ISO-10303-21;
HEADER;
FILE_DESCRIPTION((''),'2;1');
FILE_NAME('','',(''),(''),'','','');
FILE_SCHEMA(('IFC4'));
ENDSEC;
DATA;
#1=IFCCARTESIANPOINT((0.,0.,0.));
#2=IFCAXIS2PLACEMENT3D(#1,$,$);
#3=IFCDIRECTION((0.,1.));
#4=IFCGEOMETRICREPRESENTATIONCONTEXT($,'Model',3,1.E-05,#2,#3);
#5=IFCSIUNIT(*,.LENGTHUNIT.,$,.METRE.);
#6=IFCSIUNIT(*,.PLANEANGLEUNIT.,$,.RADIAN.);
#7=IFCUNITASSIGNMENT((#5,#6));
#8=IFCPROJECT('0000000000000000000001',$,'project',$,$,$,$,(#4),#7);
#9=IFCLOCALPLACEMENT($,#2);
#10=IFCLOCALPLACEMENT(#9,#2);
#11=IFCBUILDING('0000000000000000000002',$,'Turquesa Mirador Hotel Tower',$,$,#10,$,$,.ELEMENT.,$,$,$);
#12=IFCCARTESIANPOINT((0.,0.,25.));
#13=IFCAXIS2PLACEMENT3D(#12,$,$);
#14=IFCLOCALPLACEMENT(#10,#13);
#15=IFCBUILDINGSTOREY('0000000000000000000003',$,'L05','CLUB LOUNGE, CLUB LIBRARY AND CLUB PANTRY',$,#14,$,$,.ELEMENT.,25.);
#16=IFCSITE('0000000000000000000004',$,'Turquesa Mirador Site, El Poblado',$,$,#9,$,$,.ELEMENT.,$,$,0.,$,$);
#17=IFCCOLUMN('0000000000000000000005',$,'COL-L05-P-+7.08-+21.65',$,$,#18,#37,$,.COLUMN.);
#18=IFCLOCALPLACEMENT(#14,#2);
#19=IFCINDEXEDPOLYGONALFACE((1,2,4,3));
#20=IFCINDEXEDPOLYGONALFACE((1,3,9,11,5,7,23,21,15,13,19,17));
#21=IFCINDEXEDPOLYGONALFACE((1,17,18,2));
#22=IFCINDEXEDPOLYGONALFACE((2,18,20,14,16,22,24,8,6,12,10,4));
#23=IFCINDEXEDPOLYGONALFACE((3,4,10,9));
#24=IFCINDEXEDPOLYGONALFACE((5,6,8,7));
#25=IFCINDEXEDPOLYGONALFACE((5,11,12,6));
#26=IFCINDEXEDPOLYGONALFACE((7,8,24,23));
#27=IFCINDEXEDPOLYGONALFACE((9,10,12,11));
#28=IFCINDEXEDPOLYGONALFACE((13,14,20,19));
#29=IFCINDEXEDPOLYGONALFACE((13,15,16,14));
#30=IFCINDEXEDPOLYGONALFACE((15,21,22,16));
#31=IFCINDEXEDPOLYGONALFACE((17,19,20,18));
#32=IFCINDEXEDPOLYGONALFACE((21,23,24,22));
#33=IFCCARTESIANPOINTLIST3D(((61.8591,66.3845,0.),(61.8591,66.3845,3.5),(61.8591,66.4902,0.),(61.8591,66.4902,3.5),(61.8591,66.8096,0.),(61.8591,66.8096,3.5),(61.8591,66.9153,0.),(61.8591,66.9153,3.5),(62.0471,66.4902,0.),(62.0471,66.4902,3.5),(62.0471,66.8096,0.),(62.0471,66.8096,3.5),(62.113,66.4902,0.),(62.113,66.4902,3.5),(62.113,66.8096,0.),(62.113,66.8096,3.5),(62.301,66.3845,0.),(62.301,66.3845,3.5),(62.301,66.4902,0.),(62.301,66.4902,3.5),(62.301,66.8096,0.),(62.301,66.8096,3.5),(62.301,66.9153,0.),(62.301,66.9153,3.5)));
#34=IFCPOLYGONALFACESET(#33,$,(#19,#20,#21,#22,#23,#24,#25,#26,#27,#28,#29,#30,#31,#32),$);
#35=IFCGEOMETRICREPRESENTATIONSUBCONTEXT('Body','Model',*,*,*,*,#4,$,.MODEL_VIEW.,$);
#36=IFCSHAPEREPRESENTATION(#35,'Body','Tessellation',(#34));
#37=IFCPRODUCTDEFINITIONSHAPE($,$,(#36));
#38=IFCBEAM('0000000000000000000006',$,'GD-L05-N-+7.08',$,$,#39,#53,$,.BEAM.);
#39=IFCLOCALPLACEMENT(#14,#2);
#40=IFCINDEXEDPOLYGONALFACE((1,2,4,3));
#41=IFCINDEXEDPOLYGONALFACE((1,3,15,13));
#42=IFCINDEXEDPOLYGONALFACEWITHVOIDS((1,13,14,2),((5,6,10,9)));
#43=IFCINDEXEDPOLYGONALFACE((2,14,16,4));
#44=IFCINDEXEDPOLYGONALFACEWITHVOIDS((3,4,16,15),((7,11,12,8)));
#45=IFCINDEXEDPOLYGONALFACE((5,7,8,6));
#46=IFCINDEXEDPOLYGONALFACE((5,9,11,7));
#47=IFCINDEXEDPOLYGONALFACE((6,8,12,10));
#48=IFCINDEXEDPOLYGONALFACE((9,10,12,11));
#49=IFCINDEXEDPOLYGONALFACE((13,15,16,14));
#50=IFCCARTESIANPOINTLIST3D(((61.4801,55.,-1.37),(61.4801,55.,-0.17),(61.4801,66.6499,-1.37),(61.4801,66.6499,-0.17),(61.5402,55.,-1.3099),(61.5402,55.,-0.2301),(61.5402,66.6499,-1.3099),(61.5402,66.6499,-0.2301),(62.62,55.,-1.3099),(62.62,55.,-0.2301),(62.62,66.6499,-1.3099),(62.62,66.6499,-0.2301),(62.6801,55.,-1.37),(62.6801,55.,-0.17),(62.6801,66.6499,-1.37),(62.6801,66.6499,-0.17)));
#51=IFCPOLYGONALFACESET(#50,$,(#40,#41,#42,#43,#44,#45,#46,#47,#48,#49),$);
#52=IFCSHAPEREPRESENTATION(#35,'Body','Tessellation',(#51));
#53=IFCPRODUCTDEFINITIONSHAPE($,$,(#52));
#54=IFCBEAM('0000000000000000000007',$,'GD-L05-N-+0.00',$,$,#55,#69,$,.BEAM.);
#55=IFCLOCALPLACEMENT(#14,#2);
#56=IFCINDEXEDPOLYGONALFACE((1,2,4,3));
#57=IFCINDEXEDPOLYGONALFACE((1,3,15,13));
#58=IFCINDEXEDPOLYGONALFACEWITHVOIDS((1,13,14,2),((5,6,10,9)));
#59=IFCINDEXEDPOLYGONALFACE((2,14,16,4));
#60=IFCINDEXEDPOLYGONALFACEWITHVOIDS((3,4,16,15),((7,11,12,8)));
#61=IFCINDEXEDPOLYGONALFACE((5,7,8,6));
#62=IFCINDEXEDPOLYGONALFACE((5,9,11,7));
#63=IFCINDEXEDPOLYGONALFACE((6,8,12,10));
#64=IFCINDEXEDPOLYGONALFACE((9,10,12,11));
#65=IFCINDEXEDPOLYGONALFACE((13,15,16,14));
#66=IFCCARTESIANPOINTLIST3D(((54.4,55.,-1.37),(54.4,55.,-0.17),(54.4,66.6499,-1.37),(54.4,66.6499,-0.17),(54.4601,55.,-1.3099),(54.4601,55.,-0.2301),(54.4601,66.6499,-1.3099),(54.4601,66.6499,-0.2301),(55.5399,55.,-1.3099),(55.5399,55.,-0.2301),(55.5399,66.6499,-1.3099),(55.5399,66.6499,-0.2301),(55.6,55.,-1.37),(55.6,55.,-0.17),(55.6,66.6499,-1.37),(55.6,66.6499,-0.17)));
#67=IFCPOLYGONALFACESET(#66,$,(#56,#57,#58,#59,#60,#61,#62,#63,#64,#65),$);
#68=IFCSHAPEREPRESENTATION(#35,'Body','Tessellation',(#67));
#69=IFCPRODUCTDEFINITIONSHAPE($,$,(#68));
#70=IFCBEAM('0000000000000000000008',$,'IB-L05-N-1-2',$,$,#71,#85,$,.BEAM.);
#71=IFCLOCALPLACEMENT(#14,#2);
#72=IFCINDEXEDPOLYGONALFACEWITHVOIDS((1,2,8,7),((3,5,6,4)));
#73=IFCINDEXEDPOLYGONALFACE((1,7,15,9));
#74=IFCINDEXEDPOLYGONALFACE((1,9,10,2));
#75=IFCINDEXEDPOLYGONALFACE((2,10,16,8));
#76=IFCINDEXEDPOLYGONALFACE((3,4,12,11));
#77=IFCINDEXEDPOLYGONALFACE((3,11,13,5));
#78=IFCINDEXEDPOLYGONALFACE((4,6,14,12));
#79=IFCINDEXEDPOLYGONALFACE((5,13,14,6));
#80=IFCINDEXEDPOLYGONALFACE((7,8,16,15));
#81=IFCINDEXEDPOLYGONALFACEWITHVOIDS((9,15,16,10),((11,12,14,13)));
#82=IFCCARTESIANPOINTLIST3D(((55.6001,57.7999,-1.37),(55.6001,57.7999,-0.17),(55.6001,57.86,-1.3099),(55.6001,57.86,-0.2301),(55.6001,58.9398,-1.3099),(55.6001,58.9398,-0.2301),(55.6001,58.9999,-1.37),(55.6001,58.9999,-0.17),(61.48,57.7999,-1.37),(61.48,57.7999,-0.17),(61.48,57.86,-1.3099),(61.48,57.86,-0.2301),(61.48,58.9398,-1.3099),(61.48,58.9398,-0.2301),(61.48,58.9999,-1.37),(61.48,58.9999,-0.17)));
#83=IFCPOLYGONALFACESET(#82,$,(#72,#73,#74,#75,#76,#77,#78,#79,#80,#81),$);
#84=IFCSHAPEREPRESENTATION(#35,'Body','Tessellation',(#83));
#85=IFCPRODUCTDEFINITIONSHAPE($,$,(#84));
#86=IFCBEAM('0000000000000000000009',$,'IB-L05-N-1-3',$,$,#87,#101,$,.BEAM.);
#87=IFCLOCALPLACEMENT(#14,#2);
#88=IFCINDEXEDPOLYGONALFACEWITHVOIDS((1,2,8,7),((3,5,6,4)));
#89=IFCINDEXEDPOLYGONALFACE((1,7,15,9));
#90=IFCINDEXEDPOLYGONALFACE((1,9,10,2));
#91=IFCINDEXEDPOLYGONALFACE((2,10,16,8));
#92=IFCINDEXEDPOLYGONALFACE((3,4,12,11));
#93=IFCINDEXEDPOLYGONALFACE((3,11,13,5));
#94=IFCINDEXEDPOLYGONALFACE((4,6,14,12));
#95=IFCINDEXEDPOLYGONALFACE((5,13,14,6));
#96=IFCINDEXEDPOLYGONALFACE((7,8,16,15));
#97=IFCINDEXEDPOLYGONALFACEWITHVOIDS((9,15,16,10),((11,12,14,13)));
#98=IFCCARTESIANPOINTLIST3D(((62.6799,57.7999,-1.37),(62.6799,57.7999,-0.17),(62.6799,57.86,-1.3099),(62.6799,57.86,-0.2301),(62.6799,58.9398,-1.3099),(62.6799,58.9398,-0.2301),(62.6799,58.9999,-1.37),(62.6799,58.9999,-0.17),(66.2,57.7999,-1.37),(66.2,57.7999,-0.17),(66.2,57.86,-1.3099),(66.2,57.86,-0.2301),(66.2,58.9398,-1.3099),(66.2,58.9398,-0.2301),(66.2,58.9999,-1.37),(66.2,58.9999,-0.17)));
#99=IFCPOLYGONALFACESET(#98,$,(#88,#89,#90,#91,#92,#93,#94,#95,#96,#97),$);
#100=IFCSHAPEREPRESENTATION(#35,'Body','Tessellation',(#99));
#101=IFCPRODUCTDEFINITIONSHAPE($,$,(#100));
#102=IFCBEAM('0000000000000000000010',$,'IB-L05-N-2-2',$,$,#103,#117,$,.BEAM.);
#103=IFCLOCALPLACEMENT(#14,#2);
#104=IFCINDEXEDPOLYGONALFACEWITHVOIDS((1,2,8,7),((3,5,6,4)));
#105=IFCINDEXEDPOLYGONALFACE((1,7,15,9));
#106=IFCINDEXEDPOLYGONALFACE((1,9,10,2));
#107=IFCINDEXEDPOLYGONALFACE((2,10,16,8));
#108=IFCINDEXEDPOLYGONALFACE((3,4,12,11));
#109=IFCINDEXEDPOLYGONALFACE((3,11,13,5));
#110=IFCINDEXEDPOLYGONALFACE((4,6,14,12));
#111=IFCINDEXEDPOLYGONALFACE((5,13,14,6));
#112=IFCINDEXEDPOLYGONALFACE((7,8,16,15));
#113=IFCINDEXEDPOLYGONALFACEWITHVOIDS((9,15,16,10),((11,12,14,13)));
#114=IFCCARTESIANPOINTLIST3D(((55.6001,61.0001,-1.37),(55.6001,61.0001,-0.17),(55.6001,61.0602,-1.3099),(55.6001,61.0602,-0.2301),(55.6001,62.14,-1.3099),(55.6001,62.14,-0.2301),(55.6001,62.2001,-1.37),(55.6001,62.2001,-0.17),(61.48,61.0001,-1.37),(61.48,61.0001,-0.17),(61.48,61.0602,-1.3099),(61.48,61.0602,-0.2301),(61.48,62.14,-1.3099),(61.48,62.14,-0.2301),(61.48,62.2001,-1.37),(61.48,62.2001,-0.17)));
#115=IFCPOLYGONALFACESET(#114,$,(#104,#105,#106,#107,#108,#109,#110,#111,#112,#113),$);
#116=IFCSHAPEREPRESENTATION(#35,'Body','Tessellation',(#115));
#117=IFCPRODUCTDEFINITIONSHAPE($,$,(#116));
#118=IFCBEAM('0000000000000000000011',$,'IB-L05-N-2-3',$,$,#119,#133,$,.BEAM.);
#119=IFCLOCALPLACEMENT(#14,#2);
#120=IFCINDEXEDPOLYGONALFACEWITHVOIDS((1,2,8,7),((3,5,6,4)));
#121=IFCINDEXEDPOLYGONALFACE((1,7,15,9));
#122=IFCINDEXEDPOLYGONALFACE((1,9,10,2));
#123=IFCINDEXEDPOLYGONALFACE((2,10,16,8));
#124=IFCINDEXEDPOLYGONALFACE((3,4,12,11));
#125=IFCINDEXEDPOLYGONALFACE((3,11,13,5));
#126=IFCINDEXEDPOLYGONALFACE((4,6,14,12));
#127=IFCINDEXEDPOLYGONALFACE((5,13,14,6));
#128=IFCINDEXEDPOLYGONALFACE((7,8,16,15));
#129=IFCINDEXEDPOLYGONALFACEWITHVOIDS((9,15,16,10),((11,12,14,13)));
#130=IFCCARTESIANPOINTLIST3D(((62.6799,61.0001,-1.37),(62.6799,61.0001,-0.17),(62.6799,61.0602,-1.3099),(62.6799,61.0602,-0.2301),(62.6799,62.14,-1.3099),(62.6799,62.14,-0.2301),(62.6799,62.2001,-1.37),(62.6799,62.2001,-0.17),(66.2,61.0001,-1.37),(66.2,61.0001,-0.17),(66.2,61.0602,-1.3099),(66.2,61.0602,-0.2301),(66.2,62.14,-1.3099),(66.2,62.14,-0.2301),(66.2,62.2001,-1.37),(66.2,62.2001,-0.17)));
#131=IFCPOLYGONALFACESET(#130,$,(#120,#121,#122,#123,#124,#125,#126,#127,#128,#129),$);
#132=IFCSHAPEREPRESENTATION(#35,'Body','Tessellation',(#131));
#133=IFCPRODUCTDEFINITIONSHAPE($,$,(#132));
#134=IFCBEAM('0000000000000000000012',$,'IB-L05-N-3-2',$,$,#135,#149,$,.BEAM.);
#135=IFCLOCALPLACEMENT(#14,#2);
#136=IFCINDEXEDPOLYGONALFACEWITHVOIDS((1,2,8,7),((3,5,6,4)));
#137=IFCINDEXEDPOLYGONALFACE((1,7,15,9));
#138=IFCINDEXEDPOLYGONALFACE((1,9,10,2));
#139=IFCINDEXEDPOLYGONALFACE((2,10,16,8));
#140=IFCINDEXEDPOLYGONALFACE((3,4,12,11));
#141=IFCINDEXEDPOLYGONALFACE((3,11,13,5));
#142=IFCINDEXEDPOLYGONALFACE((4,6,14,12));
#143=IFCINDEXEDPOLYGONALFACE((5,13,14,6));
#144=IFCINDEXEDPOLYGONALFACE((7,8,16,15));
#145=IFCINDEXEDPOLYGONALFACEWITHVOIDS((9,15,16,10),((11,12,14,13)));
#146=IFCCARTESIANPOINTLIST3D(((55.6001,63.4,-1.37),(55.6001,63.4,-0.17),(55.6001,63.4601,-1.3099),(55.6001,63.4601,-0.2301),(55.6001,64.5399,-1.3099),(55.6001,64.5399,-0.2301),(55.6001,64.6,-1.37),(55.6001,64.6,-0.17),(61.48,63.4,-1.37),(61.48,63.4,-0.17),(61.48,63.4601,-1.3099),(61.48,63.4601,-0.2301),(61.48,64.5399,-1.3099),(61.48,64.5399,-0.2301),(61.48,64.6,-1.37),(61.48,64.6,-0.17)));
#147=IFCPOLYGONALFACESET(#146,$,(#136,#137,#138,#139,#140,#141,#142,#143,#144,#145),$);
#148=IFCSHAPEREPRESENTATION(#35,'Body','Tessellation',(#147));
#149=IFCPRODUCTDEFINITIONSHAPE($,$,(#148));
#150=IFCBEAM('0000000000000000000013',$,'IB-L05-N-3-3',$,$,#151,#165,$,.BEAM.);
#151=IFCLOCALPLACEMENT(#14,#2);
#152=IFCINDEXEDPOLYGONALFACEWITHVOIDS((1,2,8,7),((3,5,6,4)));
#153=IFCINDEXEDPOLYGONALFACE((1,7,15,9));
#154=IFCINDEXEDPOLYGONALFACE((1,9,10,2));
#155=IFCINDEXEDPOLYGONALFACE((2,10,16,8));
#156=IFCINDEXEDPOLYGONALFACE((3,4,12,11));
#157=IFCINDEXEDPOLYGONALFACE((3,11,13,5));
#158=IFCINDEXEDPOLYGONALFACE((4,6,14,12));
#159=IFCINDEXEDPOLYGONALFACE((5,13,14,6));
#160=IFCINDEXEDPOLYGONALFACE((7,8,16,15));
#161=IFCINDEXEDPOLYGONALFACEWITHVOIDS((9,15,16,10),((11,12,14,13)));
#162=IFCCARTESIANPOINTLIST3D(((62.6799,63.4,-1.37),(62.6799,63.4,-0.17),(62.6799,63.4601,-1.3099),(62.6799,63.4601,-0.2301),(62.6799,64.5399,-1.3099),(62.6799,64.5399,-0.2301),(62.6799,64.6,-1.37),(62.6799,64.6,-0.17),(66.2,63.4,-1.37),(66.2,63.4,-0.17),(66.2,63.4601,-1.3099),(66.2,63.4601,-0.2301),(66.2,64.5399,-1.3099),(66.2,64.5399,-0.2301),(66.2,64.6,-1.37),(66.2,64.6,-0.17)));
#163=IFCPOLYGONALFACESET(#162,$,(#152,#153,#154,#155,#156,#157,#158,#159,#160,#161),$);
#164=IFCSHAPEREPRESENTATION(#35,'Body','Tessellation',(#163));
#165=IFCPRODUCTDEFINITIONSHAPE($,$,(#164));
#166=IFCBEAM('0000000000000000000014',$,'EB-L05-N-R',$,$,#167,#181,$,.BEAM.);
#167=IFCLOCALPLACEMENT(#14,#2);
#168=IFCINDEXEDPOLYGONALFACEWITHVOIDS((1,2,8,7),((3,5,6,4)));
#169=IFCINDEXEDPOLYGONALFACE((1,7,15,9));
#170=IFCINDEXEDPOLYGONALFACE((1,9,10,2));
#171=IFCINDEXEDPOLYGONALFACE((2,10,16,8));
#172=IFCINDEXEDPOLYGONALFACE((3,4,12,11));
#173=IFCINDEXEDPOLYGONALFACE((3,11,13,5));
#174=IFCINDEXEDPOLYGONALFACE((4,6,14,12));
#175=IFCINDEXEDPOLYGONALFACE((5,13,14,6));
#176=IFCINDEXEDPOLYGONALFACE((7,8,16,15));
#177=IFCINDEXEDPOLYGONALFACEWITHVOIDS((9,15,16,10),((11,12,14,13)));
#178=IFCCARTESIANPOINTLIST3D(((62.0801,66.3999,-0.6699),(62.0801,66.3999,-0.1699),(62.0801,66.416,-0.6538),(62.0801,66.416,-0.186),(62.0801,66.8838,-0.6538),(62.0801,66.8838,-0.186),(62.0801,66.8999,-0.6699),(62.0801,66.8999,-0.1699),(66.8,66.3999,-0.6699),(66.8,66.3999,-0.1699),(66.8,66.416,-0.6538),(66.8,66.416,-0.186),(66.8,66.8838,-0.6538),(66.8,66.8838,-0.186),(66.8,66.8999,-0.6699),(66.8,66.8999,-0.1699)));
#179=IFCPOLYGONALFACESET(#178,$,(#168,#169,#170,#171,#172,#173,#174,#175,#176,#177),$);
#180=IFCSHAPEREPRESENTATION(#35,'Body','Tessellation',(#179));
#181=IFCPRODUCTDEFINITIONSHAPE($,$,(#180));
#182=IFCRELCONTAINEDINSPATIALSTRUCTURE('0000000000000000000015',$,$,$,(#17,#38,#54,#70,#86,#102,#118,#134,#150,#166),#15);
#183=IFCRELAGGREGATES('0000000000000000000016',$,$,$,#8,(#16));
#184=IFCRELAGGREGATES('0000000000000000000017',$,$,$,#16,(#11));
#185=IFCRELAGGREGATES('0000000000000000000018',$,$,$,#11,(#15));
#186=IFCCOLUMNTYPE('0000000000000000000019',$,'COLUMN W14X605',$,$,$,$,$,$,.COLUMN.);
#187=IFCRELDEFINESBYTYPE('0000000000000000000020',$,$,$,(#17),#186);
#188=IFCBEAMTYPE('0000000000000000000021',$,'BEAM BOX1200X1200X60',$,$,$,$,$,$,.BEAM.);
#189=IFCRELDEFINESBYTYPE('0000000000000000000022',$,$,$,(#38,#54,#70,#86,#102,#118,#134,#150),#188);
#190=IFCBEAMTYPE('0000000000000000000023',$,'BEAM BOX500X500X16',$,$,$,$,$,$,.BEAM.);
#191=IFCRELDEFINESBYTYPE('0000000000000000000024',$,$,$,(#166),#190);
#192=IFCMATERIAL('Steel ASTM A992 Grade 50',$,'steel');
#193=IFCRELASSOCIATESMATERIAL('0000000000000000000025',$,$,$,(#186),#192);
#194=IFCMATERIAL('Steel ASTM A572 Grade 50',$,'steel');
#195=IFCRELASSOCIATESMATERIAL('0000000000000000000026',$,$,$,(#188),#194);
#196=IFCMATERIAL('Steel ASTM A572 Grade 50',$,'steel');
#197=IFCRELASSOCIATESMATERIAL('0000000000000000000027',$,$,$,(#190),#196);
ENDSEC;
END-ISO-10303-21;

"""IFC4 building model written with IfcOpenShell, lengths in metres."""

from ifc_helpers import new_model, si_unit, direction, frame, origin, origin_2d, place, context, subcontext, project, spatial, hollow_rectangle, i_section, extrude, material, material_profile, profile_set, type_object, element, save


model = new_model("IFC4")

# Units and contexts
model_context = context("Model", 3, precision=1e-05, world=origin(), true_north=direction((0.0, 1.0)))
body_context = subcontext(model_context, "Body", "Model", "MODEL_VIEW")
ifc_project = project(units=[si_unit("LENGTHUNIT", "METRE"), si_unit("PLANEANGLEUNIT", "RADIAN")], contexts=[model_context])

# Site, building, storey
site_placement = place(None, origin())
site = spatial("IfcSite", under=ifc_project, at=site_placement, Name="Turquesa Mirador Site, El Poblado", CompositionType="ELEMENT", RefElevation=0.0)
building_placement = place(site_placement, origin())
building = spatial("IfcBuilding", under=site, at=building_placement, Name="Turquesa Mirador Hotel Tower", CompositionType="ELEMENT")
storey_placement = place(building_placement, frame((0.0, 0.0, 25.0)))
storey = spatial("IfcBuildingStorey", under=building, at=storey_placement, Name="L05", Description="CLUB LOUNGE, CLUB LIBRARY AND CLUB PANTRY", CompositionType="ELEMENT", Elevation=25.0)

# Column
ifc_material_1 = material(Name="Steel ASTM A992 Grade 50", Category="steel")
ifc_material_profile_1 = material_profile(ifc_material_1, i_section(OverallWidth=0.4419, OverallDepth=0.5308, WebThickness=0.0659, FlangeThickness=0.1057, at=origin_2d()), Name="W14X605")
ifc_profile_set_1 = profile_set([ifc_material_profile_1], Name="Steel ASTM A992 Grade 50")
column_type = type_object("IfcColumnType", Name="COLUMN W14X605", PredefinedType="COLUMN", material=ifc_profile_set_1)
column_placement = place(storey_placement, frame((62.0801, 66.6499, 0.0), z_axis=(0.0, 0.0, 1.0), x_axis=(1.0, 0.0, 0.0)))
element("IfcColumn", 1, at=column_placement, inside=storey, type_object=column_type, Name="COL-L05-P-+7.08-+21.65", PredefinedType="COLUMN", context=body_context, shape_type="SweptSolid", body=[
    extrude(i_section(OverallWidth=0.4419, OverallDepth=0.5308, WebThickness=0.0659, FlangeThickness=0.1057, at=origin_2d()), origin(), (0.0, 0.0, 1.0), 3.5),
])

# Beams
ifc_material_2 = material(Name="Steel ASTM A572 Grade 50", Category="steel")
ifc_material_profile_2 = material_profile(ifc_material_2, hollow_rectangle(XDim=1.2, YDim=1.2, WallThickness=0.0601, at=origin_2d()), Name="BOX1200X1200X60")
ifc_profile_set_2 = profile_set([ifc_material_profile_2], Name="Steel ASTM A572 Grade 50")
beam_type_1 = type_object("IfcBeamType", Name="BEAM BOX1200X1200X60", PredefinedType="BEAM", material=ifc_profile_set_2)
for number, where, z_axis, x_axis, name in (
    (2, (62.0801, 66.6499, -0.77), (0.0, -1.0, 0.0), (1.0, 0.0, 0.0), "GD-L05-N-+7.08"),
    (3, (55.0, 66.6499, -0.77), (0.0, -1.0, 0.0), (1.0, 0.0, 0.0), "GD-L05-N-+0.00"),
):
    element("IfcBeam", number, at=place(storey_placement, frame(where, z_axis=z_axis, x_axis=x_axis)), inside=storey, type_object=beam_type_1, Name=name, PredefinedType="BEAM", context=body_context, shape_type="SweptSolid", body=[
        extrude(hollow_rectangle(XDim=1.2, YDim=1.2, WallThickness=0.0601, at=origin_2d()), origin(), (0.0, 0.0, 1.0), 11.6499),
    ])
beam_1_placement = place(storey_placement, frame((55.6001, 58.3999, -0.77), z_axis=(1.0, 0.0, 0.0), x_axis=(0.0, 1.0, 0.0)))
element("IfcBeam", 4, at=beam_1_placement, inside=storey, type_object=beam_type_1, Name="IB-L05-N-1-2", PredefinedType="BEAM", context=body_context, shape_type="SweptSolid", body=[
    extrude(hollow_rectangle(XDim=1.2, YDim=1.2, WallThickness=0.0601, at=origin_2d()), origin(), (0.0, 0.0, 1.0), 5.8799),
])
beam_2_placement = place(storey_placement, frame((62.6799, 58.3999, -0.77), z_axis=(1.0, 0.0, 0.0), x_axis=(0.0, 1.0, 0.0)))
element("IfcBeam", 5, at=beam_2_placement, inside=storey, type_object=beam_type_1, Name="IB-L05-N-1-3", PredefinedType="BEAM", context=body_context, shape_type="SweptSolid", body=[
    extrude(hollow_rectangle(XDim=1.2, YDim=1.2, WallThickness=0.0601, at=origin_2d()), origin(), (0.0, 0.0, 1.0), 3.52),
])
beam_3_placement = place(storey_placement, frame((55.6001, 61.6001, -0.77), z_axis=(1.0, 0.0, 0.0), x_axis=(0.0, 1.0, 0.0)))
element("IfcBeam", 6, at=beam_3_placement, inside=storey, type_object=beam_type_1, Name="IB-L05-N-2-2", PredefinedType="BEAM", context=body_context, shape_type="SweptSolid", body=[
    extrude(hollow_rectangle(XDim=1.2, YDim=1.2, WallThickness=0.0601, at=origin_2d()), origin(), (0.0, 0.0, 1.0), 5.8799),
])
beam_4_placement = place(storey_placement, frame((62.6799, 61.6001, -0.77), z_axis=(1.0, 0.0, 0.0), x_axis=(0.0, 1.0, 0.0)))
element("IfcBeam", 7, at=beam_4_placement, inside=storey, type_object=beam_type_1, Name="IB-L05-N-2-3", PredefinedType="BEAM", context=body_context, shape_type="SweptSolid", body=[
    extrude(hollow_rectangle(XDim=1.2, YDim=1.2, WallThickness=0.0601, at=origin_2d()), origin(), (0.0, 0.0, 1.0), 3.52),
])
beam_5_placement = place(storey_placement, frame((55.6001, 64.0, -0.77), z_axis=(1.0, 0.0, 0.0), x_axis=(0.0, 1.0, 0.0)))
element("IfcBeam", 8, at=beam_5_placement, inside=storey, type_object=beam_type_1, Name="IB-L05-N-3-2", PredefinedType="BEAM", context=body_context, shape_type="SweptSolid", body=[
    extrude(hollow_rectangle(XDim=1.2, YDim=1.2, WallThickness=0.0601, at=origin_2d()), origin(), (0.0, 0.0, 1.0), 5.8799),
])
beam_6_placement = place(storey_placement, frame((62.6799, 64.0, -0.77), z_axis=(1.0, 0.0, 0.0), x_axis=(0.0, 1.0, 0.0)))
element("IfcBeam", 9, at=beam_6_placement, inside=storey, type_object=beam_type_1, Name="IB-L05-N-3-3", PredefinedType="BEAM", context=body_context, shape_type="SweptSolid", body=[
    extrude(hollow_rectangle(XDim=1.2, YDim=1.2, WallThickness=0.0601, at=origin_2d()), origin(), (0.0, 0.0, 1.0), 3.52),
])
ifc_material_3 = material(Name="Steel ASTM A572 Grade 50", Category="steel")
ifc_material_profile_3 = material_profile(ifc_material_3, hollow_rectangle(XDim=0.5, YDim=0.5, WallThickness=0.0161, at=origin_2d()), Name="BOX500X500X16")
ifc_profile_set_3 = profile_set([ifc_material_profile_3], Name="Steel ASTM A572 Grade 50")
beam_type_2 = type_object("IfcBeamType", Name="BEAM BOX500X500X16", PredefinedType="BEAM", material=ifc_profile_set_3)
beam_7_placement = place(storey_placement, frame((62.0801, 66.6499, -0.4199), z_axis=(1.0, 0.0, 0.0), x_axis=(0.0, 1.0, 0.0)))
element("IfcBeam", 10, at=beam_7_placement, inside=storey, type_object=beam_type_2, Name="EB-L05-N-R", PredefinedType="BEAM", context=body_context, shape_type="SweptSolid", body=[
    extrude(hollow_rectangle(XDim=0.5, YDim=0.5, WallThickness=0.0161, at=origin_2d()), origin(), (0.0, 0.0, 1.0), 4.72),
])

save(model, "model.ifc")
